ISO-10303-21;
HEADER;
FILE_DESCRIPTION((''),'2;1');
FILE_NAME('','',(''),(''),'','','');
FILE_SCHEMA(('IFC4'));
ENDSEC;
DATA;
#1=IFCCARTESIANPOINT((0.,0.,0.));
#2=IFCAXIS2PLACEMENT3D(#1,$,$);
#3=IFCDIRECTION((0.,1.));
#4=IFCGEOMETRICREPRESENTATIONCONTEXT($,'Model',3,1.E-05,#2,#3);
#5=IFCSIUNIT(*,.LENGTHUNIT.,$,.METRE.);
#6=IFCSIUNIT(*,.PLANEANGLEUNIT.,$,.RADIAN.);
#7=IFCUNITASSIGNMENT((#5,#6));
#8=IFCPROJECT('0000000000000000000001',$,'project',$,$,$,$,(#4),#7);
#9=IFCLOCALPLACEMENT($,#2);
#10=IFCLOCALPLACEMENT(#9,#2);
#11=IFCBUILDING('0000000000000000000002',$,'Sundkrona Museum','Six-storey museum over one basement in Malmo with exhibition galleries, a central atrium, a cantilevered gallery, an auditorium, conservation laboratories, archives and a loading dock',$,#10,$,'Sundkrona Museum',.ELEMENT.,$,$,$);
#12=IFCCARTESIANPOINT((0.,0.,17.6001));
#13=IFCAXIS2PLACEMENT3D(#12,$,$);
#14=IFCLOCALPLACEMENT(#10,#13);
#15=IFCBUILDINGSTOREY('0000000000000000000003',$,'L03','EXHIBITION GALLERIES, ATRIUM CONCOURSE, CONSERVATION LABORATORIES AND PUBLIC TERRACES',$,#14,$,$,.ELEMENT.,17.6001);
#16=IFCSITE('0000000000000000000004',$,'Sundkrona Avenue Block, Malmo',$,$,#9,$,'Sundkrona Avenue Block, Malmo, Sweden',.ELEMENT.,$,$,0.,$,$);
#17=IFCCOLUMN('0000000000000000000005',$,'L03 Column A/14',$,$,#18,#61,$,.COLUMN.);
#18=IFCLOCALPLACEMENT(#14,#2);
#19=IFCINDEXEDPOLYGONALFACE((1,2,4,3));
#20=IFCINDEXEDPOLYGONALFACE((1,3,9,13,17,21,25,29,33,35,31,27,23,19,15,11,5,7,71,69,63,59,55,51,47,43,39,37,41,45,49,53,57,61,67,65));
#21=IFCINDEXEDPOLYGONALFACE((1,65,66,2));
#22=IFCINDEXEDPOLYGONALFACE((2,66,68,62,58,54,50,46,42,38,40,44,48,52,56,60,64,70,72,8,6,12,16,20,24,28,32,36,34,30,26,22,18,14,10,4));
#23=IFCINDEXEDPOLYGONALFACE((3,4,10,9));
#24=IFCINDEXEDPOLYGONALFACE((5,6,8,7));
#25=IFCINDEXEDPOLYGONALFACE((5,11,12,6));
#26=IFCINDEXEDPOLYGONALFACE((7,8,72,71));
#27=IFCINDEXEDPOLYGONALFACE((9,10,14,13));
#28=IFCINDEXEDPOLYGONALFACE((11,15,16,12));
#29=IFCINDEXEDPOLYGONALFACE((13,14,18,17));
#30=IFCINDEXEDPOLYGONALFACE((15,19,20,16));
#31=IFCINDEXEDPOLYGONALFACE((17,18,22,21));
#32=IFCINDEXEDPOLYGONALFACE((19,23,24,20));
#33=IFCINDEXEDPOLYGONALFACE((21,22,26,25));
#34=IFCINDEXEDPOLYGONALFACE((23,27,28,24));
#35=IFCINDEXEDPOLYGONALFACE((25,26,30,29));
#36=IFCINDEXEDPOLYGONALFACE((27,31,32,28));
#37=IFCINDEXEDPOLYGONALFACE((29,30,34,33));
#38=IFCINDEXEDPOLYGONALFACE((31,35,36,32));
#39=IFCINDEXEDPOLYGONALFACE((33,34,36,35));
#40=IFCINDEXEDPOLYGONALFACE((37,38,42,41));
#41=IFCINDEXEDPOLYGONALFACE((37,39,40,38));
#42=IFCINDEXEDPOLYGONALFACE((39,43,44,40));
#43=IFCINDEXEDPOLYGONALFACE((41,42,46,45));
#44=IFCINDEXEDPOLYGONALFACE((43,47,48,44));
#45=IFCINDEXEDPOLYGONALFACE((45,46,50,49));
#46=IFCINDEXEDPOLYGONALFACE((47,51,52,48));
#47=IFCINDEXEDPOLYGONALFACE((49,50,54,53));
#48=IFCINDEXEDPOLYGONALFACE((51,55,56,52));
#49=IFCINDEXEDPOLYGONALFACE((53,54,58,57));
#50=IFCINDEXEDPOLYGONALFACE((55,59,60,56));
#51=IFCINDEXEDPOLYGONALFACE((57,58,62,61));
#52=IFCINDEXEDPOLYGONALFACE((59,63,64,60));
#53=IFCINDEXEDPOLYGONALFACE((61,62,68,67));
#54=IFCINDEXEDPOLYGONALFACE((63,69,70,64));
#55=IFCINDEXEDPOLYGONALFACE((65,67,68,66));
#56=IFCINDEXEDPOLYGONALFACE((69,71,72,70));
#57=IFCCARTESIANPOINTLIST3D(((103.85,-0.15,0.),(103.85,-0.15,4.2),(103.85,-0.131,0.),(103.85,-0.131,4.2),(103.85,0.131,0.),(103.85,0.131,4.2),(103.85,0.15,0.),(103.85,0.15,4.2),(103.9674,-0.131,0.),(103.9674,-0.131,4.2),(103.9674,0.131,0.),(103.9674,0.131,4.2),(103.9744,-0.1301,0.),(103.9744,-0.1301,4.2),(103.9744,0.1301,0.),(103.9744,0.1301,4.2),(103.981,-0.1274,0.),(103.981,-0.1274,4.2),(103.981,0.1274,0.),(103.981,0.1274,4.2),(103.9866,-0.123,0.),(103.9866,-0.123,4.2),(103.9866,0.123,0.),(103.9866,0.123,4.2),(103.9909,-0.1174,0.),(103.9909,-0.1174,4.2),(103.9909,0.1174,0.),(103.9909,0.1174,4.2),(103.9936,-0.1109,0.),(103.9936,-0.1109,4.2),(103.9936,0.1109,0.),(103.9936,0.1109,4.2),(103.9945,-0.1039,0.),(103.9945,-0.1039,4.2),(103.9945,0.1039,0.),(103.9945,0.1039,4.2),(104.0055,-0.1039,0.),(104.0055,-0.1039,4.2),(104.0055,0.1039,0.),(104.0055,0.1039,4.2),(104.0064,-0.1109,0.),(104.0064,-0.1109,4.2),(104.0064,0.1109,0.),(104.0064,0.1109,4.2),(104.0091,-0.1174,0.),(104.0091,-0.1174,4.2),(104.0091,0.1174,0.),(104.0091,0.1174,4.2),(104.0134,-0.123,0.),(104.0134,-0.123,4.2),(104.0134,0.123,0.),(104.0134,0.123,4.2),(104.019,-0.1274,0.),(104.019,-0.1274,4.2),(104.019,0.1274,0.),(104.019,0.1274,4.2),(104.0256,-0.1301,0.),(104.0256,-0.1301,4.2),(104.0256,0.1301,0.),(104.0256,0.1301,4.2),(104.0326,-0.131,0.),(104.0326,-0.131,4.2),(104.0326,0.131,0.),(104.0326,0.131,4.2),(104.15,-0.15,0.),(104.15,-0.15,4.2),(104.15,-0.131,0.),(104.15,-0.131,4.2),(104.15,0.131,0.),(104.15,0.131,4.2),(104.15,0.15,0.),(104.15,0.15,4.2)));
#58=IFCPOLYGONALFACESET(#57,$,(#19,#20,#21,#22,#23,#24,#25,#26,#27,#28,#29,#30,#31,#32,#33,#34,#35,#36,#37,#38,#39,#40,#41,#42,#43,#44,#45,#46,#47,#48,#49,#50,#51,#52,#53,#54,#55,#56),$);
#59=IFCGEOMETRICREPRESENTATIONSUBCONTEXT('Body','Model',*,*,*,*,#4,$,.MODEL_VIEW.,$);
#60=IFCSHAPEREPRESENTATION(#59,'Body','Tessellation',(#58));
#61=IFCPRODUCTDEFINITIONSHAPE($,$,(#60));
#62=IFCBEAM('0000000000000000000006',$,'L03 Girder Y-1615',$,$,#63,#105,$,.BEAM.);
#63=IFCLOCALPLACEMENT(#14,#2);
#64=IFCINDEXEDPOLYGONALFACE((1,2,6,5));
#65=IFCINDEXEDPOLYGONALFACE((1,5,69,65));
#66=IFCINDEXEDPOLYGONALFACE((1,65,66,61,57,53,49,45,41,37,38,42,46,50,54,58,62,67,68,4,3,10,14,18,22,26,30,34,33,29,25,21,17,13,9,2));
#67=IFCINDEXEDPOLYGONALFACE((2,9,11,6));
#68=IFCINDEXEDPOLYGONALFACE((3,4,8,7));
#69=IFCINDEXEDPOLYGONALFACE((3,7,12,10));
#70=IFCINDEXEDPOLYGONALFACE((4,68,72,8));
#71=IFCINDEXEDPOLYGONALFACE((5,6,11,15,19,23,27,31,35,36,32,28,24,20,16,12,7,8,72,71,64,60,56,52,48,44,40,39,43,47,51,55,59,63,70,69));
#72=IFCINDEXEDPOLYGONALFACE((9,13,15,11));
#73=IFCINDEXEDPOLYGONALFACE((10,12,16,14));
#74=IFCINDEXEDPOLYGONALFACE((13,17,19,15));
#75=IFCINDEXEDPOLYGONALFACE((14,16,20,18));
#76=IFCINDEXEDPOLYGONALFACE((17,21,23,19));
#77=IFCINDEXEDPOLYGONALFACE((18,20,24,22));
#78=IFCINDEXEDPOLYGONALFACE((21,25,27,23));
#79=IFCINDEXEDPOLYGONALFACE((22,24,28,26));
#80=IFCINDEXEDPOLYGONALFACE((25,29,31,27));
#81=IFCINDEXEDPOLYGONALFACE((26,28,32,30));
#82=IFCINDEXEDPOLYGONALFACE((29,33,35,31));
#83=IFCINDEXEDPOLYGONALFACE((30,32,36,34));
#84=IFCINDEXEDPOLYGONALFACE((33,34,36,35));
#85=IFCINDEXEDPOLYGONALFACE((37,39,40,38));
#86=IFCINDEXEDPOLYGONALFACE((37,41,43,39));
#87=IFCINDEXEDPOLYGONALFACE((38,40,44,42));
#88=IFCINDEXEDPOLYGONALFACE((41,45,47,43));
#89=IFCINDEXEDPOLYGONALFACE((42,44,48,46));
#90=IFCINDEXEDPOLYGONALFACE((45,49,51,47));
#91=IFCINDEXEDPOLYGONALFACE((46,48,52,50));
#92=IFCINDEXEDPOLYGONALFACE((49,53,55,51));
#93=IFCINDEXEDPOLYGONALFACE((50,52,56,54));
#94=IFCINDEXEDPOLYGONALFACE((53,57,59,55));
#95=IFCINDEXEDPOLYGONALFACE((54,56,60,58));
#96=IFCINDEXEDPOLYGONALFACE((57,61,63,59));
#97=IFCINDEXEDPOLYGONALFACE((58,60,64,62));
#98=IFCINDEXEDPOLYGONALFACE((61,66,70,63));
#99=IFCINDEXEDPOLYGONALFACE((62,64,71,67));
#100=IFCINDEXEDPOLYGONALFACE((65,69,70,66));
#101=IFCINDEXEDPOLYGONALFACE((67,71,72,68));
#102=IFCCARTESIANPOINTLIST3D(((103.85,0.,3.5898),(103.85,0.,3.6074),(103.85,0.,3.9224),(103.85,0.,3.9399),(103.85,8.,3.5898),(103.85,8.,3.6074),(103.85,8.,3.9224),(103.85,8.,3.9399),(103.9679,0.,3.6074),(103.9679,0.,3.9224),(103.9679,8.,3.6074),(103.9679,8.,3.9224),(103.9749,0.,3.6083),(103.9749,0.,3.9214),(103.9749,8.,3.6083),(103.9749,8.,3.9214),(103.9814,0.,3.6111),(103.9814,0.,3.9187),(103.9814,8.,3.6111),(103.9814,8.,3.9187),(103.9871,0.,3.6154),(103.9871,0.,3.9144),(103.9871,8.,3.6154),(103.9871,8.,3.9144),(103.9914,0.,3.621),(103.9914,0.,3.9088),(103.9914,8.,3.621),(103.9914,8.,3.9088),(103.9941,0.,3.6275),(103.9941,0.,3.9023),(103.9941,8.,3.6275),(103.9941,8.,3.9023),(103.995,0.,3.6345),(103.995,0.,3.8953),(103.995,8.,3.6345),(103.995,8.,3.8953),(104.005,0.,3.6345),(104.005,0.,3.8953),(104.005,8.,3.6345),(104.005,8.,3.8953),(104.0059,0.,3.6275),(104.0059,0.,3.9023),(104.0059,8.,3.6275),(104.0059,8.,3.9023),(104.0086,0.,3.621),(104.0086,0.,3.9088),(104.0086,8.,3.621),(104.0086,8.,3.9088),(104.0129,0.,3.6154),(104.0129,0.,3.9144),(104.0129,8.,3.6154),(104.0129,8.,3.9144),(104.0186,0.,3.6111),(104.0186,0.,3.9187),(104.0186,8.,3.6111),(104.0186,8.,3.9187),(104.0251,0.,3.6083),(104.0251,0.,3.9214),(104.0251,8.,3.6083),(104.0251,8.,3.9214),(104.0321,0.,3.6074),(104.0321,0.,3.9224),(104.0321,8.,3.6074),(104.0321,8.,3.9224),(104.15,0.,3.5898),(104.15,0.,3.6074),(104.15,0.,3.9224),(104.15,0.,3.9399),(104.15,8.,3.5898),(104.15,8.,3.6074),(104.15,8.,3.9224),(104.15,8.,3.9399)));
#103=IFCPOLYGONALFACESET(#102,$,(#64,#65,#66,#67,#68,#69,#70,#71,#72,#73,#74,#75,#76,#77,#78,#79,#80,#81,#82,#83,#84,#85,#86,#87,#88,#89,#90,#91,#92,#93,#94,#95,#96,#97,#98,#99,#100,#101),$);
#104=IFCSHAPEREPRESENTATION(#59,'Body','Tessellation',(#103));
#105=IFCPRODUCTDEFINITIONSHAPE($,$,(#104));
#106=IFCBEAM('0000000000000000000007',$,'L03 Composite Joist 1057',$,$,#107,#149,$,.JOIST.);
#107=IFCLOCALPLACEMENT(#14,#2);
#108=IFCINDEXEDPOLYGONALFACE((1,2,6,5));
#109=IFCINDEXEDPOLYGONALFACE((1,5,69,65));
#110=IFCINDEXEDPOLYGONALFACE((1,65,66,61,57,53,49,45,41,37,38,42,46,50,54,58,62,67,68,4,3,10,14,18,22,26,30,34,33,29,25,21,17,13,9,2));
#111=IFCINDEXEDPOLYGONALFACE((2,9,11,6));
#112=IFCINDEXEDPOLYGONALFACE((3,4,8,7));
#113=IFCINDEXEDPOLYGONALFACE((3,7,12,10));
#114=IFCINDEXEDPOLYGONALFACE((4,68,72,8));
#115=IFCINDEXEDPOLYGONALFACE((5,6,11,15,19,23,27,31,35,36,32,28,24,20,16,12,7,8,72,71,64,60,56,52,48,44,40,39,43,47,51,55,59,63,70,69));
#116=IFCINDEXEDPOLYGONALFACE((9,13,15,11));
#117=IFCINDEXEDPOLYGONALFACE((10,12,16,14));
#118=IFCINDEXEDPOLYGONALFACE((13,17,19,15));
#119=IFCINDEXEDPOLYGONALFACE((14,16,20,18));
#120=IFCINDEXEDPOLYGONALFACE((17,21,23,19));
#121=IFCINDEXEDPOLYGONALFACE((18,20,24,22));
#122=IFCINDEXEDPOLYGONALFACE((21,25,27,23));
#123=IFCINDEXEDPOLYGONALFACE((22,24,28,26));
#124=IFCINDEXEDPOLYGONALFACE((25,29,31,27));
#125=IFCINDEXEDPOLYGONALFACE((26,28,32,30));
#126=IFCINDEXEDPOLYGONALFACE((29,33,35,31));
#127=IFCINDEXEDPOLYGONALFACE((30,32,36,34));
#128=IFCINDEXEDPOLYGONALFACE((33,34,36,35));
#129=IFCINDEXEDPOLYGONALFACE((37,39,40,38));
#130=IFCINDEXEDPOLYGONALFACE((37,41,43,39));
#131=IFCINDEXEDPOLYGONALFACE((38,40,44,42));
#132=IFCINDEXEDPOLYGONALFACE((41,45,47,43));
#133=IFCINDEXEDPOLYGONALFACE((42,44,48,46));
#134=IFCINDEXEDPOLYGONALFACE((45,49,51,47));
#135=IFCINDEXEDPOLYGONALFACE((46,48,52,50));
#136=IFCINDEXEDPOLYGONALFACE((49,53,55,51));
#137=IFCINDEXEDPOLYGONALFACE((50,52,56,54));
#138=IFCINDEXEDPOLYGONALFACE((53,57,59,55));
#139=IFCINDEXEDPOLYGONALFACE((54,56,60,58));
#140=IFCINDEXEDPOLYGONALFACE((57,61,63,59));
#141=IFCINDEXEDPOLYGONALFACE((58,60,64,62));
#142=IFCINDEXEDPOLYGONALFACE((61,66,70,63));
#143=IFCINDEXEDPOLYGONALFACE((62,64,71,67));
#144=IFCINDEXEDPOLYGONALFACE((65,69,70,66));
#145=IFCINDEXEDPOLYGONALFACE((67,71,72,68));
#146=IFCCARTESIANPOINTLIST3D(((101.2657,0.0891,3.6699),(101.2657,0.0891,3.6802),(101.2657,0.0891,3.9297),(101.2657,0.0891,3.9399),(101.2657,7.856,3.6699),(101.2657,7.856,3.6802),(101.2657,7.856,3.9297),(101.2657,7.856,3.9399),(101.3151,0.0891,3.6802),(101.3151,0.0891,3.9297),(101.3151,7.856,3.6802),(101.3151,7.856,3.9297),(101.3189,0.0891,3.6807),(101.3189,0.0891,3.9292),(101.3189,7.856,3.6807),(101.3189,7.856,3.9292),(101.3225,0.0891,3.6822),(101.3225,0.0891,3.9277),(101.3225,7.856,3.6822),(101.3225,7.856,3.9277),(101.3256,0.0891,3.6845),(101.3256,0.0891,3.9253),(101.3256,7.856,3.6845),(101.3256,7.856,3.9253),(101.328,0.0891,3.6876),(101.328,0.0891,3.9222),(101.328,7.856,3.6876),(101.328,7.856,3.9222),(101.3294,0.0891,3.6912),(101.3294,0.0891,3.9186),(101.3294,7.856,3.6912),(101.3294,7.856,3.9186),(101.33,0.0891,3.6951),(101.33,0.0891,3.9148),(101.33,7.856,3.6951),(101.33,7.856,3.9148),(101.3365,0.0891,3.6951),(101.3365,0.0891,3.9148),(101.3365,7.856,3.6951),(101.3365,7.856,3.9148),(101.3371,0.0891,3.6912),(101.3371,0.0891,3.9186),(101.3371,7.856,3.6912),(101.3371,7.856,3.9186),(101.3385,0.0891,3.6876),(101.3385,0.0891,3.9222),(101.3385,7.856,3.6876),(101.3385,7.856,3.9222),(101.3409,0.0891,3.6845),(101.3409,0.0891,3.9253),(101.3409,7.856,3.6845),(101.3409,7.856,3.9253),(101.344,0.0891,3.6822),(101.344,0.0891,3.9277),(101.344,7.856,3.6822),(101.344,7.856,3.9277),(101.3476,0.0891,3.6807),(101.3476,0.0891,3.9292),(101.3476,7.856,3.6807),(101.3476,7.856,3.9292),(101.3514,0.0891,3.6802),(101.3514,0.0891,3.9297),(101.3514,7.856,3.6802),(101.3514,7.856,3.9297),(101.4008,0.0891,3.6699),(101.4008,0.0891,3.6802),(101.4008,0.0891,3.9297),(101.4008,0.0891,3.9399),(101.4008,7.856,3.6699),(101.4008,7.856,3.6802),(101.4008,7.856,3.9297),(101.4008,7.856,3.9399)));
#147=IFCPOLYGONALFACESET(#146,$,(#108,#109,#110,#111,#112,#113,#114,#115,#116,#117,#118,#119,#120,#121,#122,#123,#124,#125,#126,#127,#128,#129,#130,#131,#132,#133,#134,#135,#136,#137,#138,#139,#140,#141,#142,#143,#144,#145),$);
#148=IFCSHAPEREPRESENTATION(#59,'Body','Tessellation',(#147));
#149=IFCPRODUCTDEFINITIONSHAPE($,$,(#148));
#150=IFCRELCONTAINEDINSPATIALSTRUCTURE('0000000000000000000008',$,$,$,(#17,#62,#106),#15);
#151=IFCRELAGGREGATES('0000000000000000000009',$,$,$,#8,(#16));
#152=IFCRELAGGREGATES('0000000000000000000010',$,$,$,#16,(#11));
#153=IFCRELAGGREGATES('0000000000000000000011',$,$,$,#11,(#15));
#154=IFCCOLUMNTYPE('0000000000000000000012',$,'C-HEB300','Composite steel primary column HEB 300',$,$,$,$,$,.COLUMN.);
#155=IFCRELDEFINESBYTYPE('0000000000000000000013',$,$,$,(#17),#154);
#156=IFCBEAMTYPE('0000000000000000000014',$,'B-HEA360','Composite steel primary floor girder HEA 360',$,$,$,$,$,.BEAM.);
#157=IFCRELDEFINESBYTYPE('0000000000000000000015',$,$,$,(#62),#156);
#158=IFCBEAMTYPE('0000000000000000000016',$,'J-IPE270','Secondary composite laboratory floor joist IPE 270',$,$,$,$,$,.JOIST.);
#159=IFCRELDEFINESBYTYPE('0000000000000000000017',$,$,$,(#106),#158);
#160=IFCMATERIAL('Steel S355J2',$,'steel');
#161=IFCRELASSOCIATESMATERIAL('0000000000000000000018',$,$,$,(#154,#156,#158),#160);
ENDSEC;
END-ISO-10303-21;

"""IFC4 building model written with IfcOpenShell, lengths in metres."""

from ifc_helpers import new_model, si_unit, direction, frame, origin, origin_2d, place, context, subcontext, project, spatial, i_section, extrude, material, material_profile, profile_set, type_object, element, save


model = new_model("IFC4")

# Units and contexts
model_context = context("Model", 3, precision=1e-05, world=origin(), true_north=direction((0.0, 1.0)))
body_context = subcontext(model_context, "Body", "Model", "MODEL_VIEW")
ifc_project = project(units=[si_unit("LENGTHUNIT", "METRE"), si_unit("PLANEANGLEUNIT", "RADIAN")], contexts=[model_context])

# Site, building, storey
site_placement = place(None, origin())
site = spatial("IfcSite", under=ifc_project, at=site_placement, Name="Sundkrona Avenue Block, Malmo", LongName="Sundkrona Avenue Block, Malmo, Sweden", CompositionType="ELEMENT", RefElevation=0.0)
building_placement = place(site_placement, origin())
building = spatial("IfcBuilding", under=site, at=building_placement, Name="Sundkrona Museum", Description="Six-storey museum over one basement in Malmo with exhibition galleries, a central atrium, a cantilevered gallery, an auditorium, conservation laboratories, archives and a loading dock", LongName="Sundkrona Museum", CompositionType="ELEMENT")
storey_placement = place(building_placement, frame((0.0, 0.0, 17.6001)))
storey = spatial("IfcBuildingStorey", under=building, at=storey_placement, Name="L03", Description="EXHIBITION GALLERIES, ATRIUM CONCOURSE, CONSERVATION LABORATORIES AND PUBLIC TERRACES", CompositionType="ELEMENT", Elevation=17.6001)

# Column
ifc_material_1 = material(Name="Steel S355J2", Category="steel")
ifc_material_profile_1 = material_profile(ifc_material_1, i_section(OverallWidth=0.3, OverallDepth=0.3, WebThickness=0.011, FlangeThickness=0.019, FilletRadius=0.0271, at=origin_2d()), Name="HEB 300")
ifc_profile_set_1 = profile_set([ifc_material_profile_1], Name="Steel S355J2")
column_type = type_object("IfcColumnType", Name="C-HEB300", Description="Composite steel primary column HEB 300", PredefinedType="COLUMN", material=ifc_profile_set_1)
column_placement = place(storey_placement, frame((104.0, 0.0, 0.0), z_axis=(0.0, 0.0, 1.0), x_axis=(1.0, 0.0, 0.0)))
element("IfcColumn", 1, at=column_placement, inside=storey, type_object=column_type, Name="L03 Column A/14", PredefinedType="COLUMN", context=body_context, shape_type="SweptSolid", body=[
    extrude(i_section(OverallWidth=0.3, OverallDepth=0.3, WebThickness=0.011, FlangeThickness=0.019, FilletRadius=0.0271, at=origin_2d()), origin(), (0.0, 0.0, 1.0), 4.2),
])

# Beams
ifc_material_profile_2 = material_profile(ifc_material_1, i_section(OverallWidth=0.3, OverallDepth=0.3501, WebThickness=0.01, FlangeThickness=0.0176, FilletRadius=0.0271, at=origin_2d()), Name="HEA 360")
ifc_profile_set_2 = profile_set([ifc_material_profile_2], Name="Steel S355J2")
beam_type_1 = type_object("IfcBeamType", Name="B-HEA360", Description="Composite steel primary floor girder HEA 360", PredefinedType="BEAM", material=ifc_profile_set_2)
beam_1_placement = place(storey_placement, frame((104.0, 0.0, 3.7649), z_axis=(0.0, 1.0, 0.0), x_axis=(-1.0, 0.0, 0.0)))
element("IfcBeam", 2, at=beam_1_placement, inside=storey, type_object=beam_type_1, Name="L03 Girder Y-1615", PredefinedType="BEAM", context=body_context, shape_type="SweptSolid", body=[
    extrude(i_section(OverallWidth=0.3, OverallDepth=0.3501, WebThickness=0.01, FlangeThickness=0.0176, FilletRadius=0.0271, at=origin_2d()), origin(), (0.0, 0.0, 1.0), 8.0),
])
ifc_material_profile_3 = material_profile(ifc_material_1, i_section(OverallWidth=0.135, OverallDepth=0.27, WebThickness=0.0066, FlangeThickness=0.0103, FilletRadius=0.0149, at=origin_2d()), Name="IPE 270")
ifc_profile_set_3 = profile_set([ifc_material_profile_3], Name="Steel S355J2")
beam_type_2 = type_object("IfcBeamType", Name="J-IPE270", Description="Secondary composite laboratory floor joist IPE 270", PredefinedType="JOIST", material=ifc_profile_set_3)
beam_2_placement = place(storey_placement, frame((101.3333, 0.0891, 3.8049), z_axis=(0.0, 1.0, 0.0), x_axis=(-1.0, 0.0, 0.0)))
element("IfcBeam", 3, at=beam_2_placement, inside=storey, type_object=beam_type_2, Name="L03 Composite Joist 1057", PredefinedType="JOIST", context=body_context, shape_type="SweptSolid", body=[
    extrude(i_section(OverallWidth=0.135, OverallDepth=0.27, WebThickness=0.0066, FlangeThickness=0.0103, FilletRadius=0.0149, at=origin_2d()), origin(), (0.0, 0.0, 1.0), 7.7668),
])

save(model, "model.ifc")
